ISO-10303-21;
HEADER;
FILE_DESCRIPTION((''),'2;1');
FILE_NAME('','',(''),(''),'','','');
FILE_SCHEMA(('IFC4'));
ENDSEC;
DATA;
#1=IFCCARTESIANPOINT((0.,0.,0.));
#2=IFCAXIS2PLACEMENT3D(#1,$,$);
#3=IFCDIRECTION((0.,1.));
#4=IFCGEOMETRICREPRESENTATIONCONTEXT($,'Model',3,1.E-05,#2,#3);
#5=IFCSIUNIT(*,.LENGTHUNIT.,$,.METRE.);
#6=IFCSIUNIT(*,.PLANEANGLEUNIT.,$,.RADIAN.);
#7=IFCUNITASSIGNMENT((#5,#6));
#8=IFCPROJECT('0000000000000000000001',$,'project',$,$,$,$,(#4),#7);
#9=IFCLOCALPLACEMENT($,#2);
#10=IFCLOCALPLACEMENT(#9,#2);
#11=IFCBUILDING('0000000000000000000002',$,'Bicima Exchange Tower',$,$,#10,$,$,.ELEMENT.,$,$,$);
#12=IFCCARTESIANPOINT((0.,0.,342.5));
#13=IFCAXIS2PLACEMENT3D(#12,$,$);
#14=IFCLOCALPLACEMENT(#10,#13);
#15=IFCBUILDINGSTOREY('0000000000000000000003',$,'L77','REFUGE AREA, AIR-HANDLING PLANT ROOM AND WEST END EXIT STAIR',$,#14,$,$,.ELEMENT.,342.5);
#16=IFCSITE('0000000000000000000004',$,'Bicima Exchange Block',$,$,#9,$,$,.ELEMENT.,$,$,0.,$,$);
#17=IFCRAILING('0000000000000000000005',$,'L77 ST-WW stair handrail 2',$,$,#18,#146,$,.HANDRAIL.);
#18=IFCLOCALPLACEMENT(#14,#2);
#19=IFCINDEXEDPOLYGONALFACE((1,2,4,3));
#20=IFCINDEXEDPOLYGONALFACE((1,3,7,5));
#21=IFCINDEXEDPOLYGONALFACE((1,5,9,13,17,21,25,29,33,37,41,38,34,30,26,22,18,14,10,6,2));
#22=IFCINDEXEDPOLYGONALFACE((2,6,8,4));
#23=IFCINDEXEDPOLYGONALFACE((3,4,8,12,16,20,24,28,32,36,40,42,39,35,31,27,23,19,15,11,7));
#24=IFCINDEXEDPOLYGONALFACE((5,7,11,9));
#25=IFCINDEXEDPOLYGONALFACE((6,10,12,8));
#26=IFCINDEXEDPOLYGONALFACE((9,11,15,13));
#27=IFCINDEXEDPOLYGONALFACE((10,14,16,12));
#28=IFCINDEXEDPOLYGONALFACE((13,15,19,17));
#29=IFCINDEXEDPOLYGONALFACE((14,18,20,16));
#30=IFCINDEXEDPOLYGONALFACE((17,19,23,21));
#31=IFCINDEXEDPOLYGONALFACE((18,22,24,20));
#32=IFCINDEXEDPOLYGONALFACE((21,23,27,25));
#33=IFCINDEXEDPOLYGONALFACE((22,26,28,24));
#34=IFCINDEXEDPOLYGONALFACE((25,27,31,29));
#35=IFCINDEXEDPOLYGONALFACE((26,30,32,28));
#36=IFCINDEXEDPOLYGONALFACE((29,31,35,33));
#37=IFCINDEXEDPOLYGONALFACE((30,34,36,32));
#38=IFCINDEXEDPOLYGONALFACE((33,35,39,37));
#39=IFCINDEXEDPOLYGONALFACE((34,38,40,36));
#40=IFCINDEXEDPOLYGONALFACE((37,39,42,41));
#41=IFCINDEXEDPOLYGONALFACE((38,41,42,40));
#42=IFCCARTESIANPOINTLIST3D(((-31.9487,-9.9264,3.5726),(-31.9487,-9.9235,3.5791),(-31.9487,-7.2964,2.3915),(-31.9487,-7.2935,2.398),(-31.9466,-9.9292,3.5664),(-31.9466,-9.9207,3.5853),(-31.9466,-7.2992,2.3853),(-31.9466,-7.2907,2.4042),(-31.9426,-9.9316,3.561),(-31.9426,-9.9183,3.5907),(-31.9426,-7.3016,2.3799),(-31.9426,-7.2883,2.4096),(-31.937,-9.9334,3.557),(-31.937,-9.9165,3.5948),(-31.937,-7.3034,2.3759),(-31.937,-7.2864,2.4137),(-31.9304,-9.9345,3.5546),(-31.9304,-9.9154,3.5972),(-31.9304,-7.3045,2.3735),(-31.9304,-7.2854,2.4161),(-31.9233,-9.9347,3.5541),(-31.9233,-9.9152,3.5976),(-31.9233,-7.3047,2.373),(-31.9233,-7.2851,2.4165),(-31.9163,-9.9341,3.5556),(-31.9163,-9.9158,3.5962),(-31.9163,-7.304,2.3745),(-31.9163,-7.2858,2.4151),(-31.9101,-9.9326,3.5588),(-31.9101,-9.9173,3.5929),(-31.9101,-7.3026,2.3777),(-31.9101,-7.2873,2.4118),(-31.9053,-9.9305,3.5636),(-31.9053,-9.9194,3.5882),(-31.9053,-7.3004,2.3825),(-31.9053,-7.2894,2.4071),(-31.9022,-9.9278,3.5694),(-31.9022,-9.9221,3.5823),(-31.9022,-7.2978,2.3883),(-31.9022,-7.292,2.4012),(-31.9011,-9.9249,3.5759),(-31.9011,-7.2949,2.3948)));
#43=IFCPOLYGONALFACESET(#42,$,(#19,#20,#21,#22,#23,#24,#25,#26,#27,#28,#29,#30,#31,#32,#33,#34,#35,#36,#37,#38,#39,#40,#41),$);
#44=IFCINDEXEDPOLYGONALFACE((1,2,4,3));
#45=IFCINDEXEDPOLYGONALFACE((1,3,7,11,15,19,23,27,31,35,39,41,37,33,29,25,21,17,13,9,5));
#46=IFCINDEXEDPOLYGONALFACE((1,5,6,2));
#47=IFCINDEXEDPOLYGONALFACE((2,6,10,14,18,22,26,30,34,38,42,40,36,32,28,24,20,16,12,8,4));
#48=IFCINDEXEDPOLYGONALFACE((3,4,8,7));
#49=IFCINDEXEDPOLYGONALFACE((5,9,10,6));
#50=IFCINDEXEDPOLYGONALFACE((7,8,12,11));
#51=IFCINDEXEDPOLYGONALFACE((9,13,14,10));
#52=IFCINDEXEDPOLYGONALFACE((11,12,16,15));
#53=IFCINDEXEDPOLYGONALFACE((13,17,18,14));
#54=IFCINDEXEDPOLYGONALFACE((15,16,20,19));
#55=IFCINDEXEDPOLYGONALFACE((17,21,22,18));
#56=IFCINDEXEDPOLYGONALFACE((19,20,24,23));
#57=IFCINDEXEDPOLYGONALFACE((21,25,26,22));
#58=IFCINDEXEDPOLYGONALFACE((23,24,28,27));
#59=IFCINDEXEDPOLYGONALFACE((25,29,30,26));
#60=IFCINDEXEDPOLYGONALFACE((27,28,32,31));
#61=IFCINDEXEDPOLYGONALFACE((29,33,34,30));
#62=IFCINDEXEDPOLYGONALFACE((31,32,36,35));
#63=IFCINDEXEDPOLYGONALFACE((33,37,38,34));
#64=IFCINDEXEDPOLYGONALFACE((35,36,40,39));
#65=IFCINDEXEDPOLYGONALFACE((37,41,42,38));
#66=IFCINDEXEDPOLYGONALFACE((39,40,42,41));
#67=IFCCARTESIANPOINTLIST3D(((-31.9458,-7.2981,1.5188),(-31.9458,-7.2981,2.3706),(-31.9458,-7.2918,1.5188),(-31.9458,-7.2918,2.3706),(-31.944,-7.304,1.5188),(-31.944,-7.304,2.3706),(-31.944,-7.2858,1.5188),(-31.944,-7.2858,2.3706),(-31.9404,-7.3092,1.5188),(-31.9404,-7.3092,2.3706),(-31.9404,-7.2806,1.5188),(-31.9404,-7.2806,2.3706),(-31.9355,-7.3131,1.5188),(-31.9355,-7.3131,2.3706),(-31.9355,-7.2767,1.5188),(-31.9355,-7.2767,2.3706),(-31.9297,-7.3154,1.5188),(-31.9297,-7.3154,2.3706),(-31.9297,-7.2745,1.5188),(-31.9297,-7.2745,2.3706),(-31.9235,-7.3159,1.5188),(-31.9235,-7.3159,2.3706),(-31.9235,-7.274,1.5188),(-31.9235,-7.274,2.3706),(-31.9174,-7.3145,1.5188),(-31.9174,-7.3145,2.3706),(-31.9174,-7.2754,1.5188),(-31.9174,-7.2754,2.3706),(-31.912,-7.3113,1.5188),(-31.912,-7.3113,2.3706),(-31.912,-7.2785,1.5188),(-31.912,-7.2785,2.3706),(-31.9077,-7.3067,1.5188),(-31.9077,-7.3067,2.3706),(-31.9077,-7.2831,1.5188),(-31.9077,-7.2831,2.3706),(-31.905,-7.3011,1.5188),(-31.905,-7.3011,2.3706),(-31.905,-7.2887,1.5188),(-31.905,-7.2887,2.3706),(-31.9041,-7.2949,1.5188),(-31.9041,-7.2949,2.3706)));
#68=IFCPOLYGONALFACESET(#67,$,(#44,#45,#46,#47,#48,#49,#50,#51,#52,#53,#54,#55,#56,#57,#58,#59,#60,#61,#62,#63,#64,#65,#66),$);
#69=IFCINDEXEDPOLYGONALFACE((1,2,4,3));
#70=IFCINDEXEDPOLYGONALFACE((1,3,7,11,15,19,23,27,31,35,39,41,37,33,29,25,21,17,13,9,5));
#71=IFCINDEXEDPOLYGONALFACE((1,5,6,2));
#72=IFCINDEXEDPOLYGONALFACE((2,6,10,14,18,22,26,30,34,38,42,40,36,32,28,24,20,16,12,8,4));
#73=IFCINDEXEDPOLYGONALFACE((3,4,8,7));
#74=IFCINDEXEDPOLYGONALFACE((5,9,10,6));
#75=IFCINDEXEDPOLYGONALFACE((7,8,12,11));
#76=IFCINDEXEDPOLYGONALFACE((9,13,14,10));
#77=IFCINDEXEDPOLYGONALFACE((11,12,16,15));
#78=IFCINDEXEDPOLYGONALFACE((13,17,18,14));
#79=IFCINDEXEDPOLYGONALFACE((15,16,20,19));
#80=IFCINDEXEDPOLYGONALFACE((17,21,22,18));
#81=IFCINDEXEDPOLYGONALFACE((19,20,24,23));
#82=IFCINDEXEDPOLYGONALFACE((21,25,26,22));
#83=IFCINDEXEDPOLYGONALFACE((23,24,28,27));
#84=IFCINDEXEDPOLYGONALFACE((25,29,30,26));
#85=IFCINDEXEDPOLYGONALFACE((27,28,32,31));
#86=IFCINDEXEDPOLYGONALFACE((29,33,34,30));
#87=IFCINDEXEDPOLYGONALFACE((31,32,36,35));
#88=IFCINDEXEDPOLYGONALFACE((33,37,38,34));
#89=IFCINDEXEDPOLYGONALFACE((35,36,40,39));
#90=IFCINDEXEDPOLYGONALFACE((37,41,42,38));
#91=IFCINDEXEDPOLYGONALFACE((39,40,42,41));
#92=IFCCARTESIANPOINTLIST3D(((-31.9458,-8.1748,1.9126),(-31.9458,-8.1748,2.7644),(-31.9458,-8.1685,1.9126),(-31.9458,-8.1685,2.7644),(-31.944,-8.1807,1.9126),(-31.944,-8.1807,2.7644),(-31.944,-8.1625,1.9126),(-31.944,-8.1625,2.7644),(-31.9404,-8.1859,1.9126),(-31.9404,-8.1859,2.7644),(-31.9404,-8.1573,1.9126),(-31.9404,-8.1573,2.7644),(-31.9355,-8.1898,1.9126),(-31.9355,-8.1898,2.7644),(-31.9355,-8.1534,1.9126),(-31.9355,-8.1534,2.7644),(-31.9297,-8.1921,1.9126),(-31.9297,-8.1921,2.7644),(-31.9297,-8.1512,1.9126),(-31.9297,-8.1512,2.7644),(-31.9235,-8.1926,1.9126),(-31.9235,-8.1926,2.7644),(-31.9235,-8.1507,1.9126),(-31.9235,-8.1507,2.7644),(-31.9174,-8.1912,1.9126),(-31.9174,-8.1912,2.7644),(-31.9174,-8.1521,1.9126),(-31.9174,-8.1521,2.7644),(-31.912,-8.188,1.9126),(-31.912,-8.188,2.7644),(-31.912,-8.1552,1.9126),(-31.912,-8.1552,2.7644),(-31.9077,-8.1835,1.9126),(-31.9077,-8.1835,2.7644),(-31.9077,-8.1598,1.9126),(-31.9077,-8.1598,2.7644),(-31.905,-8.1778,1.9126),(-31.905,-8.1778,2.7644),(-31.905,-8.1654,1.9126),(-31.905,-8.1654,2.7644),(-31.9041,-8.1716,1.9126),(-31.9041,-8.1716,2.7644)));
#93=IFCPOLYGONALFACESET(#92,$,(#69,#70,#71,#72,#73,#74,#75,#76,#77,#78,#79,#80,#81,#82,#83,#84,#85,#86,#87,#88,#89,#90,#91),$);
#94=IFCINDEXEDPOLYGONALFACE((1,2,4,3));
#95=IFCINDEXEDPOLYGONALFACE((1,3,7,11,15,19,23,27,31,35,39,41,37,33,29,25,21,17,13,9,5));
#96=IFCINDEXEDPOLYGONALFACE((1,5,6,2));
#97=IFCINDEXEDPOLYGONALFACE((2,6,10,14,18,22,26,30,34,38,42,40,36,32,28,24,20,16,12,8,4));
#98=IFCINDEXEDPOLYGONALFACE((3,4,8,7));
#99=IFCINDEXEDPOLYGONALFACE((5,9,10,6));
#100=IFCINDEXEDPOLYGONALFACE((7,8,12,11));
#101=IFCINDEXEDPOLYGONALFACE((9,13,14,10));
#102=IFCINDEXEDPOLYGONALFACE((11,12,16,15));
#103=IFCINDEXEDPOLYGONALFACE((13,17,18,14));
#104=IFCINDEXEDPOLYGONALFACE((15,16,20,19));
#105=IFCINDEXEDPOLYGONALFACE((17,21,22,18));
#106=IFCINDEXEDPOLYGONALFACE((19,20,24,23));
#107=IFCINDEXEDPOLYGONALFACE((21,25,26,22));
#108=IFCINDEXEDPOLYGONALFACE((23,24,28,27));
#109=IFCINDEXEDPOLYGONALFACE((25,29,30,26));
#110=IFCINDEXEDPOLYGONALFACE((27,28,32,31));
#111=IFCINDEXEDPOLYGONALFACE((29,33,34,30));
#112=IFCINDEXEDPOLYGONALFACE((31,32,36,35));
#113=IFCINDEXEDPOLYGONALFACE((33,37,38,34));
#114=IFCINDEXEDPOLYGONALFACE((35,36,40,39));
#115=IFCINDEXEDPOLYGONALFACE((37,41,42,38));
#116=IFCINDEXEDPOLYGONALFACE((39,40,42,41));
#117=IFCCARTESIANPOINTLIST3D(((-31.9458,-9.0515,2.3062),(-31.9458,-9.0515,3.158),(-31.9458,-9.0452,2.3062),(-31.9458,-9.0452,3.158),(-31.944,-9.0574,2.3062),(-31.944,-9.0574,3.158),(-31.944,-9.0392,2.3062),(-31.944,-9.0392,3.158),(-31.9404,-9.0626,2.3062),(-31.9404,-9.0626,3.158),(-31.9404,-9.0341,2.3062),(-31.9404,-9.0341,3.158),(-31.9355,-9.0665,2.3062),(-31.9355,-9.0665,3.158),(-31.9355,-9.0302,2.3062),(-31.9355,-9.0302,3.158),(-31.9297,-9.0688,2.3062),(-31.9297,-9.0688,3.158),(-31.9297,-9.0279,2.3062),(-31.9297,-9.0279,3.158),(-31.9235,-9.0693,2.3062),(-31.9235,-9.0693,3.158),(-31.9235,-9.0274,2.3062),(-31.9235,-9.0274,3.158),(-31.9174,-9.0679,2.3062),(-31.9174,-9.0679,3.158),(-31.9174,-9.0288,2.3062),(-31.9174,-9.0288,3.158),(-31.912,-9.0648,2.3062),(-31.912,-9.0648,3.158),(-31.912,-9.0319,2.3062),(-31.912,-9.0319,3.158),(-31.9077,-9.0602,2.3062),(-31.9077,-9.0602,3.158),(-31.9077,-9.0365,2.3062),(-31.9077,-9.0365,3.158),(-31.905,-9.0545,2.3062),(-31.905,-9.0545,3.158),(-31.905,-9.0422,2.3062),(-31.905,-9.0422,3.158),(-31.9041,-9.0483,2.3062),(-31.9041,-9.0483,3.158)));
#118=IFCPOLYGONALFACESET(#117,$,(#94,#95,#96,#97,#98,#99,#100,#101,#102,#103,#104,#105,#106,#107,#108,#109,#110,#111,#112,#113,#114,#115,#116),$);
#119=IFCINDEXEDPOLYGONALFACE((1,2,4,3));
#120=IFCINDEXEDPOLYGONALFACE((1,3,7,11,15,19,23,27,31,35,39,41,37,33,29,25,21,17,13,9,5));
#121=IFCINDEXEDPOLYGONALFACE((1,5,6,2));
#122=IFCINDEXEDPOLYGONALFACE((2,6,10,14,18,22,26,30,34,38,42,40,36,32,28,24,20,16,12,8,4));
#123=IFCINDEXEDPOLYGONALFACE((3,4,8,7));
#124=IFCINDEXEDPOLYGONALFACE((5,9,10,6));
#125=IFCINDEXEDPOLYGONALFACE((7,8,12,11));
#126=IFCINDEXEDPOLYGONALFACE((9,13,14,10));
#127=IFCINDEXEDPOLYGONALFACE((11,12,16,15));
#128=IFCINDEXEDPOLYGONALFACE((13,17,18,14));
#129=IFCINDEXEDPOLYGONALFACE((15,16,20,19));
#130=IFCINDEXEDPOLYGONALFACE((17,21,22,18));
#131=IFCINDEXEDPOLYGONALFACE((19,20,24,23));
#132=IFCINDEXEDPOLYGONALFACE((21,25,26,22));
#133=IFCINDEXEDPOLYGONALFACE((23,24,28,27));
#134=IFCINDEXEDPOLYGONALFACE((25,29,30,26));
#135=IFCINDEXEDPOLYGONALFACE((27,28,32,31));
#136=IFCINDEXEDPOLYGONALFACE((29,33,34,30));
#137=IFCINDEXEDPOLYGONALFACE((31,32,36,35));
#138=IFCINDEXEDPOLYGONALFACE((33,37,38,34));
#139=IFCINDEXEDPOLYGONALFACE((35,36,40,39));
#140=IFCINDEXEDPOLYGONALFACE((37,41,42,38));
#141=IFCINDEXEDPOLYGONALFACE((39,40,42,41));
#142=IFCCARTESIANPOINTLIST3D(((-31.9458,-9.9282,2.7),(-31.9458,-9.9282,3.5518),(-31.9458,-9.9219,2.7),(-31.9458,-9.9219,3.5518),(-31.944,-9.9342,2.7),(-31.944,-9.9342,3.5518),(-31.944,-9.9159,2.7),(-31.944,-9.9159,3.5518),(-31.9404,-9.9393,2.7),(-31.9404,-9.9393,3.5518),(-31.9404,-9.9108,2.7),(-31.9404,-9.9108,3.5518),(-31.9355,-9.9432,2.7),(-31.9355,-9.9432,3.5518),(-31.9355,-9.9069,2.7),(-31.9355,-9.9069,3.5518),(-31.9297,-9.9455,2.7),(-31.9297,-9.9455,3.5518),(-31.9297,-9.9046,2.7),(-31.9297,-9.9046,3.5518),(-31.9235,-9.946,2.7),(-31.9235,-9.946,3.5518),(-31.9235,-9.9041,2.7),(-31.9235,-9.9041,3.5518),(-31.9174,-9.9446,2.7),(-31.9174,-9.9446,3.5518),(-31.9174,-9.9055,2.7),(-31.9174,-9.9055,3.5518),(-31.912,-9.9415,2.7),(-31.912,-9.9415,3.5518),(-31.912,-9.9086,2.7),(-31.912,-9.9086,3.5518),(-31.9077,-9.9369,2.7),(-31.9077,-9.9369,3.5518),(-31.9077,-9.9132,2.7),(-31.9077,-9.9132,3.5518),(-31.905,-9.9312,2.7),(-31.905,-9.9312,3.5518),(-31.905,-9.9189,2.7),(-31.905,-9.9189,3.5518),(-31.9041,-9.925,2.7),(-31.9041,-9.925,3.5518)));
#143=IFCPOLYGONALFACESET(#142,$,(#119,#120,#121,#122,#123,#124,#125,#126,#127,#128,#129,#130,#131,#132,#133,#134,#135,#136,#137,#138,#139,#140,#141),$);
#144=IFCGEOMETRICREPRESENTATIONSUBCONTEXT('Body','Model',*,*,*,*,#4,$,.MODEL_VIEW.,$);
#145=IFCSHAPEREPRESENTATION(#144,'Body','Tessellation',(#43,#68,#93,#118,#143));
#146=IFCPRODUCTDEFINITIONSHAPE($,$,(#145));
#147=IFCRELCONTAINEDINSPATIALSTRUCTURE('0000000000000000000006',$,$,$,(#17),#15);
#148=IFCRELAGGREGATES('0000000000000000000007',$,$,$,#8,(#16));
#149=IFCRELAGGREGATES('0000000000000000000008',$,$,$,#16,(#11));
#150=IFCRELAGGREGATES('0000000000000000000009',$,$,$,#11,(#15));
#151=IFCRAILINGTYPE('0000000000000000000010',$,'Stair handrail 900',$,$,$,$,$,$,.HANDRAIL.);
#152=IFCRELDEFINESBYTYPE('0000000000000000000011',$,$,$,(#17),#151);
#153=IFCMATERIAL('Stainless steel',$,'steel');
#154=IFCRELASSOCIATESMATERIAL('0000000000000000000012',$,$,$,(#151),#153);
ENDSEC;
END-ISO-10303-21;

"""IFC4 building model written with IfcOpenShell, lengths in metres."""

from ifc_helpers import new_model, si_unit, direction, frame, origin, origin_2d, place, context, subcontext, project, spatial, circle, extrude, material, type_object, element, save


model = new_model("IFC4")

# Units and contexts
model_context = context("Model", 3, precision=1e-05, world=origin(), true_north=direction((0.0, 1.0)))
body_context = subcontext(model_context, "Body", "Model", "MODEL_VIEW")
ifc_project = project(units=[si_unit("LENGTHUNIT", "METRE"), si_unit("PLANEANGLEUNIT", "RADIAN")], contexts=[model_context])

# Site, building, storey
site_placement = place(None, origin())
site = spatial("IfcSite", under=ifc_project, at=site_placement, Name="Bicima Exchange Block", CompositionType="ELEMENT", RefElevation=0.0)
building_placement = place(site_placement, origin())
building = spatial("IfcBuilding", under=site, at=building_placement, Name="Bicima Exchange Tower", CompositionType="ELEMENT")
storey_placement = place(building_placement, frame((0.0, 0.0, 342.5)))
storey = spatial("IfcBuildingStorey", under=building, at=storey_placement, Name="L77", Description="REFUGE AREA, AIR-HANDLING PLANT ROOM AND WEST END EXIT STAIR", CompositionType="ELEMENT", Elevation=342.5)

# Railing
ifc_material_1 = material(Name="Stainless steel", Category="steel")
railing_type_1 = type_object("IfcRailingType", Name="Stair handrail 900", PredefinedType="HANDRAIL", material=ifc_material_1)
railing_1_placement = place(storey_placement, frame((-31.925, -7.2949, 1.5188)))
element("IfcRailing", 1, at=railing_1_placement, inside=storey, type_object=railing_type_1, Name="L77 ST-WW stair handrail 2", PredefinedType="HANDRAIL", context=body_context, shape_type="SweptSolid", body=[
    extrude(circle(Radius=0.0239, at=origin_2d()), frame((0.0, 0.0, 0.876), z_axis=(0.0, -0.912233, 0.409671), x_axis=(1.0, 0.0, 0.0)), (0.0, 0.0, 1.0), 2.8831),
    extrude(circle(Radius=0.021, at=origin_2d()), origin(), (0.0, 0.0, 1.0), 0.8518),
    extrude(circle(Radius=0.021, at=origin_2d()), frame((0.0, -0.8767, 0.3938)), (0.0, 0.0, 1.0), 0.8518),
    extrude(circle(Radius=0.021, at=origin_2d()), frame((0.0, -1.7534, 0.7874)), (0.0, 0.0, 1.0), 0.8518),
    extrude(circle(Radius=0.021, at=origin_2d()), frame((0.0, -2.6301, 1.1812)), (0.0, 0.0, 1.0), 0.8518),
])

save(model, "model.ifc")
